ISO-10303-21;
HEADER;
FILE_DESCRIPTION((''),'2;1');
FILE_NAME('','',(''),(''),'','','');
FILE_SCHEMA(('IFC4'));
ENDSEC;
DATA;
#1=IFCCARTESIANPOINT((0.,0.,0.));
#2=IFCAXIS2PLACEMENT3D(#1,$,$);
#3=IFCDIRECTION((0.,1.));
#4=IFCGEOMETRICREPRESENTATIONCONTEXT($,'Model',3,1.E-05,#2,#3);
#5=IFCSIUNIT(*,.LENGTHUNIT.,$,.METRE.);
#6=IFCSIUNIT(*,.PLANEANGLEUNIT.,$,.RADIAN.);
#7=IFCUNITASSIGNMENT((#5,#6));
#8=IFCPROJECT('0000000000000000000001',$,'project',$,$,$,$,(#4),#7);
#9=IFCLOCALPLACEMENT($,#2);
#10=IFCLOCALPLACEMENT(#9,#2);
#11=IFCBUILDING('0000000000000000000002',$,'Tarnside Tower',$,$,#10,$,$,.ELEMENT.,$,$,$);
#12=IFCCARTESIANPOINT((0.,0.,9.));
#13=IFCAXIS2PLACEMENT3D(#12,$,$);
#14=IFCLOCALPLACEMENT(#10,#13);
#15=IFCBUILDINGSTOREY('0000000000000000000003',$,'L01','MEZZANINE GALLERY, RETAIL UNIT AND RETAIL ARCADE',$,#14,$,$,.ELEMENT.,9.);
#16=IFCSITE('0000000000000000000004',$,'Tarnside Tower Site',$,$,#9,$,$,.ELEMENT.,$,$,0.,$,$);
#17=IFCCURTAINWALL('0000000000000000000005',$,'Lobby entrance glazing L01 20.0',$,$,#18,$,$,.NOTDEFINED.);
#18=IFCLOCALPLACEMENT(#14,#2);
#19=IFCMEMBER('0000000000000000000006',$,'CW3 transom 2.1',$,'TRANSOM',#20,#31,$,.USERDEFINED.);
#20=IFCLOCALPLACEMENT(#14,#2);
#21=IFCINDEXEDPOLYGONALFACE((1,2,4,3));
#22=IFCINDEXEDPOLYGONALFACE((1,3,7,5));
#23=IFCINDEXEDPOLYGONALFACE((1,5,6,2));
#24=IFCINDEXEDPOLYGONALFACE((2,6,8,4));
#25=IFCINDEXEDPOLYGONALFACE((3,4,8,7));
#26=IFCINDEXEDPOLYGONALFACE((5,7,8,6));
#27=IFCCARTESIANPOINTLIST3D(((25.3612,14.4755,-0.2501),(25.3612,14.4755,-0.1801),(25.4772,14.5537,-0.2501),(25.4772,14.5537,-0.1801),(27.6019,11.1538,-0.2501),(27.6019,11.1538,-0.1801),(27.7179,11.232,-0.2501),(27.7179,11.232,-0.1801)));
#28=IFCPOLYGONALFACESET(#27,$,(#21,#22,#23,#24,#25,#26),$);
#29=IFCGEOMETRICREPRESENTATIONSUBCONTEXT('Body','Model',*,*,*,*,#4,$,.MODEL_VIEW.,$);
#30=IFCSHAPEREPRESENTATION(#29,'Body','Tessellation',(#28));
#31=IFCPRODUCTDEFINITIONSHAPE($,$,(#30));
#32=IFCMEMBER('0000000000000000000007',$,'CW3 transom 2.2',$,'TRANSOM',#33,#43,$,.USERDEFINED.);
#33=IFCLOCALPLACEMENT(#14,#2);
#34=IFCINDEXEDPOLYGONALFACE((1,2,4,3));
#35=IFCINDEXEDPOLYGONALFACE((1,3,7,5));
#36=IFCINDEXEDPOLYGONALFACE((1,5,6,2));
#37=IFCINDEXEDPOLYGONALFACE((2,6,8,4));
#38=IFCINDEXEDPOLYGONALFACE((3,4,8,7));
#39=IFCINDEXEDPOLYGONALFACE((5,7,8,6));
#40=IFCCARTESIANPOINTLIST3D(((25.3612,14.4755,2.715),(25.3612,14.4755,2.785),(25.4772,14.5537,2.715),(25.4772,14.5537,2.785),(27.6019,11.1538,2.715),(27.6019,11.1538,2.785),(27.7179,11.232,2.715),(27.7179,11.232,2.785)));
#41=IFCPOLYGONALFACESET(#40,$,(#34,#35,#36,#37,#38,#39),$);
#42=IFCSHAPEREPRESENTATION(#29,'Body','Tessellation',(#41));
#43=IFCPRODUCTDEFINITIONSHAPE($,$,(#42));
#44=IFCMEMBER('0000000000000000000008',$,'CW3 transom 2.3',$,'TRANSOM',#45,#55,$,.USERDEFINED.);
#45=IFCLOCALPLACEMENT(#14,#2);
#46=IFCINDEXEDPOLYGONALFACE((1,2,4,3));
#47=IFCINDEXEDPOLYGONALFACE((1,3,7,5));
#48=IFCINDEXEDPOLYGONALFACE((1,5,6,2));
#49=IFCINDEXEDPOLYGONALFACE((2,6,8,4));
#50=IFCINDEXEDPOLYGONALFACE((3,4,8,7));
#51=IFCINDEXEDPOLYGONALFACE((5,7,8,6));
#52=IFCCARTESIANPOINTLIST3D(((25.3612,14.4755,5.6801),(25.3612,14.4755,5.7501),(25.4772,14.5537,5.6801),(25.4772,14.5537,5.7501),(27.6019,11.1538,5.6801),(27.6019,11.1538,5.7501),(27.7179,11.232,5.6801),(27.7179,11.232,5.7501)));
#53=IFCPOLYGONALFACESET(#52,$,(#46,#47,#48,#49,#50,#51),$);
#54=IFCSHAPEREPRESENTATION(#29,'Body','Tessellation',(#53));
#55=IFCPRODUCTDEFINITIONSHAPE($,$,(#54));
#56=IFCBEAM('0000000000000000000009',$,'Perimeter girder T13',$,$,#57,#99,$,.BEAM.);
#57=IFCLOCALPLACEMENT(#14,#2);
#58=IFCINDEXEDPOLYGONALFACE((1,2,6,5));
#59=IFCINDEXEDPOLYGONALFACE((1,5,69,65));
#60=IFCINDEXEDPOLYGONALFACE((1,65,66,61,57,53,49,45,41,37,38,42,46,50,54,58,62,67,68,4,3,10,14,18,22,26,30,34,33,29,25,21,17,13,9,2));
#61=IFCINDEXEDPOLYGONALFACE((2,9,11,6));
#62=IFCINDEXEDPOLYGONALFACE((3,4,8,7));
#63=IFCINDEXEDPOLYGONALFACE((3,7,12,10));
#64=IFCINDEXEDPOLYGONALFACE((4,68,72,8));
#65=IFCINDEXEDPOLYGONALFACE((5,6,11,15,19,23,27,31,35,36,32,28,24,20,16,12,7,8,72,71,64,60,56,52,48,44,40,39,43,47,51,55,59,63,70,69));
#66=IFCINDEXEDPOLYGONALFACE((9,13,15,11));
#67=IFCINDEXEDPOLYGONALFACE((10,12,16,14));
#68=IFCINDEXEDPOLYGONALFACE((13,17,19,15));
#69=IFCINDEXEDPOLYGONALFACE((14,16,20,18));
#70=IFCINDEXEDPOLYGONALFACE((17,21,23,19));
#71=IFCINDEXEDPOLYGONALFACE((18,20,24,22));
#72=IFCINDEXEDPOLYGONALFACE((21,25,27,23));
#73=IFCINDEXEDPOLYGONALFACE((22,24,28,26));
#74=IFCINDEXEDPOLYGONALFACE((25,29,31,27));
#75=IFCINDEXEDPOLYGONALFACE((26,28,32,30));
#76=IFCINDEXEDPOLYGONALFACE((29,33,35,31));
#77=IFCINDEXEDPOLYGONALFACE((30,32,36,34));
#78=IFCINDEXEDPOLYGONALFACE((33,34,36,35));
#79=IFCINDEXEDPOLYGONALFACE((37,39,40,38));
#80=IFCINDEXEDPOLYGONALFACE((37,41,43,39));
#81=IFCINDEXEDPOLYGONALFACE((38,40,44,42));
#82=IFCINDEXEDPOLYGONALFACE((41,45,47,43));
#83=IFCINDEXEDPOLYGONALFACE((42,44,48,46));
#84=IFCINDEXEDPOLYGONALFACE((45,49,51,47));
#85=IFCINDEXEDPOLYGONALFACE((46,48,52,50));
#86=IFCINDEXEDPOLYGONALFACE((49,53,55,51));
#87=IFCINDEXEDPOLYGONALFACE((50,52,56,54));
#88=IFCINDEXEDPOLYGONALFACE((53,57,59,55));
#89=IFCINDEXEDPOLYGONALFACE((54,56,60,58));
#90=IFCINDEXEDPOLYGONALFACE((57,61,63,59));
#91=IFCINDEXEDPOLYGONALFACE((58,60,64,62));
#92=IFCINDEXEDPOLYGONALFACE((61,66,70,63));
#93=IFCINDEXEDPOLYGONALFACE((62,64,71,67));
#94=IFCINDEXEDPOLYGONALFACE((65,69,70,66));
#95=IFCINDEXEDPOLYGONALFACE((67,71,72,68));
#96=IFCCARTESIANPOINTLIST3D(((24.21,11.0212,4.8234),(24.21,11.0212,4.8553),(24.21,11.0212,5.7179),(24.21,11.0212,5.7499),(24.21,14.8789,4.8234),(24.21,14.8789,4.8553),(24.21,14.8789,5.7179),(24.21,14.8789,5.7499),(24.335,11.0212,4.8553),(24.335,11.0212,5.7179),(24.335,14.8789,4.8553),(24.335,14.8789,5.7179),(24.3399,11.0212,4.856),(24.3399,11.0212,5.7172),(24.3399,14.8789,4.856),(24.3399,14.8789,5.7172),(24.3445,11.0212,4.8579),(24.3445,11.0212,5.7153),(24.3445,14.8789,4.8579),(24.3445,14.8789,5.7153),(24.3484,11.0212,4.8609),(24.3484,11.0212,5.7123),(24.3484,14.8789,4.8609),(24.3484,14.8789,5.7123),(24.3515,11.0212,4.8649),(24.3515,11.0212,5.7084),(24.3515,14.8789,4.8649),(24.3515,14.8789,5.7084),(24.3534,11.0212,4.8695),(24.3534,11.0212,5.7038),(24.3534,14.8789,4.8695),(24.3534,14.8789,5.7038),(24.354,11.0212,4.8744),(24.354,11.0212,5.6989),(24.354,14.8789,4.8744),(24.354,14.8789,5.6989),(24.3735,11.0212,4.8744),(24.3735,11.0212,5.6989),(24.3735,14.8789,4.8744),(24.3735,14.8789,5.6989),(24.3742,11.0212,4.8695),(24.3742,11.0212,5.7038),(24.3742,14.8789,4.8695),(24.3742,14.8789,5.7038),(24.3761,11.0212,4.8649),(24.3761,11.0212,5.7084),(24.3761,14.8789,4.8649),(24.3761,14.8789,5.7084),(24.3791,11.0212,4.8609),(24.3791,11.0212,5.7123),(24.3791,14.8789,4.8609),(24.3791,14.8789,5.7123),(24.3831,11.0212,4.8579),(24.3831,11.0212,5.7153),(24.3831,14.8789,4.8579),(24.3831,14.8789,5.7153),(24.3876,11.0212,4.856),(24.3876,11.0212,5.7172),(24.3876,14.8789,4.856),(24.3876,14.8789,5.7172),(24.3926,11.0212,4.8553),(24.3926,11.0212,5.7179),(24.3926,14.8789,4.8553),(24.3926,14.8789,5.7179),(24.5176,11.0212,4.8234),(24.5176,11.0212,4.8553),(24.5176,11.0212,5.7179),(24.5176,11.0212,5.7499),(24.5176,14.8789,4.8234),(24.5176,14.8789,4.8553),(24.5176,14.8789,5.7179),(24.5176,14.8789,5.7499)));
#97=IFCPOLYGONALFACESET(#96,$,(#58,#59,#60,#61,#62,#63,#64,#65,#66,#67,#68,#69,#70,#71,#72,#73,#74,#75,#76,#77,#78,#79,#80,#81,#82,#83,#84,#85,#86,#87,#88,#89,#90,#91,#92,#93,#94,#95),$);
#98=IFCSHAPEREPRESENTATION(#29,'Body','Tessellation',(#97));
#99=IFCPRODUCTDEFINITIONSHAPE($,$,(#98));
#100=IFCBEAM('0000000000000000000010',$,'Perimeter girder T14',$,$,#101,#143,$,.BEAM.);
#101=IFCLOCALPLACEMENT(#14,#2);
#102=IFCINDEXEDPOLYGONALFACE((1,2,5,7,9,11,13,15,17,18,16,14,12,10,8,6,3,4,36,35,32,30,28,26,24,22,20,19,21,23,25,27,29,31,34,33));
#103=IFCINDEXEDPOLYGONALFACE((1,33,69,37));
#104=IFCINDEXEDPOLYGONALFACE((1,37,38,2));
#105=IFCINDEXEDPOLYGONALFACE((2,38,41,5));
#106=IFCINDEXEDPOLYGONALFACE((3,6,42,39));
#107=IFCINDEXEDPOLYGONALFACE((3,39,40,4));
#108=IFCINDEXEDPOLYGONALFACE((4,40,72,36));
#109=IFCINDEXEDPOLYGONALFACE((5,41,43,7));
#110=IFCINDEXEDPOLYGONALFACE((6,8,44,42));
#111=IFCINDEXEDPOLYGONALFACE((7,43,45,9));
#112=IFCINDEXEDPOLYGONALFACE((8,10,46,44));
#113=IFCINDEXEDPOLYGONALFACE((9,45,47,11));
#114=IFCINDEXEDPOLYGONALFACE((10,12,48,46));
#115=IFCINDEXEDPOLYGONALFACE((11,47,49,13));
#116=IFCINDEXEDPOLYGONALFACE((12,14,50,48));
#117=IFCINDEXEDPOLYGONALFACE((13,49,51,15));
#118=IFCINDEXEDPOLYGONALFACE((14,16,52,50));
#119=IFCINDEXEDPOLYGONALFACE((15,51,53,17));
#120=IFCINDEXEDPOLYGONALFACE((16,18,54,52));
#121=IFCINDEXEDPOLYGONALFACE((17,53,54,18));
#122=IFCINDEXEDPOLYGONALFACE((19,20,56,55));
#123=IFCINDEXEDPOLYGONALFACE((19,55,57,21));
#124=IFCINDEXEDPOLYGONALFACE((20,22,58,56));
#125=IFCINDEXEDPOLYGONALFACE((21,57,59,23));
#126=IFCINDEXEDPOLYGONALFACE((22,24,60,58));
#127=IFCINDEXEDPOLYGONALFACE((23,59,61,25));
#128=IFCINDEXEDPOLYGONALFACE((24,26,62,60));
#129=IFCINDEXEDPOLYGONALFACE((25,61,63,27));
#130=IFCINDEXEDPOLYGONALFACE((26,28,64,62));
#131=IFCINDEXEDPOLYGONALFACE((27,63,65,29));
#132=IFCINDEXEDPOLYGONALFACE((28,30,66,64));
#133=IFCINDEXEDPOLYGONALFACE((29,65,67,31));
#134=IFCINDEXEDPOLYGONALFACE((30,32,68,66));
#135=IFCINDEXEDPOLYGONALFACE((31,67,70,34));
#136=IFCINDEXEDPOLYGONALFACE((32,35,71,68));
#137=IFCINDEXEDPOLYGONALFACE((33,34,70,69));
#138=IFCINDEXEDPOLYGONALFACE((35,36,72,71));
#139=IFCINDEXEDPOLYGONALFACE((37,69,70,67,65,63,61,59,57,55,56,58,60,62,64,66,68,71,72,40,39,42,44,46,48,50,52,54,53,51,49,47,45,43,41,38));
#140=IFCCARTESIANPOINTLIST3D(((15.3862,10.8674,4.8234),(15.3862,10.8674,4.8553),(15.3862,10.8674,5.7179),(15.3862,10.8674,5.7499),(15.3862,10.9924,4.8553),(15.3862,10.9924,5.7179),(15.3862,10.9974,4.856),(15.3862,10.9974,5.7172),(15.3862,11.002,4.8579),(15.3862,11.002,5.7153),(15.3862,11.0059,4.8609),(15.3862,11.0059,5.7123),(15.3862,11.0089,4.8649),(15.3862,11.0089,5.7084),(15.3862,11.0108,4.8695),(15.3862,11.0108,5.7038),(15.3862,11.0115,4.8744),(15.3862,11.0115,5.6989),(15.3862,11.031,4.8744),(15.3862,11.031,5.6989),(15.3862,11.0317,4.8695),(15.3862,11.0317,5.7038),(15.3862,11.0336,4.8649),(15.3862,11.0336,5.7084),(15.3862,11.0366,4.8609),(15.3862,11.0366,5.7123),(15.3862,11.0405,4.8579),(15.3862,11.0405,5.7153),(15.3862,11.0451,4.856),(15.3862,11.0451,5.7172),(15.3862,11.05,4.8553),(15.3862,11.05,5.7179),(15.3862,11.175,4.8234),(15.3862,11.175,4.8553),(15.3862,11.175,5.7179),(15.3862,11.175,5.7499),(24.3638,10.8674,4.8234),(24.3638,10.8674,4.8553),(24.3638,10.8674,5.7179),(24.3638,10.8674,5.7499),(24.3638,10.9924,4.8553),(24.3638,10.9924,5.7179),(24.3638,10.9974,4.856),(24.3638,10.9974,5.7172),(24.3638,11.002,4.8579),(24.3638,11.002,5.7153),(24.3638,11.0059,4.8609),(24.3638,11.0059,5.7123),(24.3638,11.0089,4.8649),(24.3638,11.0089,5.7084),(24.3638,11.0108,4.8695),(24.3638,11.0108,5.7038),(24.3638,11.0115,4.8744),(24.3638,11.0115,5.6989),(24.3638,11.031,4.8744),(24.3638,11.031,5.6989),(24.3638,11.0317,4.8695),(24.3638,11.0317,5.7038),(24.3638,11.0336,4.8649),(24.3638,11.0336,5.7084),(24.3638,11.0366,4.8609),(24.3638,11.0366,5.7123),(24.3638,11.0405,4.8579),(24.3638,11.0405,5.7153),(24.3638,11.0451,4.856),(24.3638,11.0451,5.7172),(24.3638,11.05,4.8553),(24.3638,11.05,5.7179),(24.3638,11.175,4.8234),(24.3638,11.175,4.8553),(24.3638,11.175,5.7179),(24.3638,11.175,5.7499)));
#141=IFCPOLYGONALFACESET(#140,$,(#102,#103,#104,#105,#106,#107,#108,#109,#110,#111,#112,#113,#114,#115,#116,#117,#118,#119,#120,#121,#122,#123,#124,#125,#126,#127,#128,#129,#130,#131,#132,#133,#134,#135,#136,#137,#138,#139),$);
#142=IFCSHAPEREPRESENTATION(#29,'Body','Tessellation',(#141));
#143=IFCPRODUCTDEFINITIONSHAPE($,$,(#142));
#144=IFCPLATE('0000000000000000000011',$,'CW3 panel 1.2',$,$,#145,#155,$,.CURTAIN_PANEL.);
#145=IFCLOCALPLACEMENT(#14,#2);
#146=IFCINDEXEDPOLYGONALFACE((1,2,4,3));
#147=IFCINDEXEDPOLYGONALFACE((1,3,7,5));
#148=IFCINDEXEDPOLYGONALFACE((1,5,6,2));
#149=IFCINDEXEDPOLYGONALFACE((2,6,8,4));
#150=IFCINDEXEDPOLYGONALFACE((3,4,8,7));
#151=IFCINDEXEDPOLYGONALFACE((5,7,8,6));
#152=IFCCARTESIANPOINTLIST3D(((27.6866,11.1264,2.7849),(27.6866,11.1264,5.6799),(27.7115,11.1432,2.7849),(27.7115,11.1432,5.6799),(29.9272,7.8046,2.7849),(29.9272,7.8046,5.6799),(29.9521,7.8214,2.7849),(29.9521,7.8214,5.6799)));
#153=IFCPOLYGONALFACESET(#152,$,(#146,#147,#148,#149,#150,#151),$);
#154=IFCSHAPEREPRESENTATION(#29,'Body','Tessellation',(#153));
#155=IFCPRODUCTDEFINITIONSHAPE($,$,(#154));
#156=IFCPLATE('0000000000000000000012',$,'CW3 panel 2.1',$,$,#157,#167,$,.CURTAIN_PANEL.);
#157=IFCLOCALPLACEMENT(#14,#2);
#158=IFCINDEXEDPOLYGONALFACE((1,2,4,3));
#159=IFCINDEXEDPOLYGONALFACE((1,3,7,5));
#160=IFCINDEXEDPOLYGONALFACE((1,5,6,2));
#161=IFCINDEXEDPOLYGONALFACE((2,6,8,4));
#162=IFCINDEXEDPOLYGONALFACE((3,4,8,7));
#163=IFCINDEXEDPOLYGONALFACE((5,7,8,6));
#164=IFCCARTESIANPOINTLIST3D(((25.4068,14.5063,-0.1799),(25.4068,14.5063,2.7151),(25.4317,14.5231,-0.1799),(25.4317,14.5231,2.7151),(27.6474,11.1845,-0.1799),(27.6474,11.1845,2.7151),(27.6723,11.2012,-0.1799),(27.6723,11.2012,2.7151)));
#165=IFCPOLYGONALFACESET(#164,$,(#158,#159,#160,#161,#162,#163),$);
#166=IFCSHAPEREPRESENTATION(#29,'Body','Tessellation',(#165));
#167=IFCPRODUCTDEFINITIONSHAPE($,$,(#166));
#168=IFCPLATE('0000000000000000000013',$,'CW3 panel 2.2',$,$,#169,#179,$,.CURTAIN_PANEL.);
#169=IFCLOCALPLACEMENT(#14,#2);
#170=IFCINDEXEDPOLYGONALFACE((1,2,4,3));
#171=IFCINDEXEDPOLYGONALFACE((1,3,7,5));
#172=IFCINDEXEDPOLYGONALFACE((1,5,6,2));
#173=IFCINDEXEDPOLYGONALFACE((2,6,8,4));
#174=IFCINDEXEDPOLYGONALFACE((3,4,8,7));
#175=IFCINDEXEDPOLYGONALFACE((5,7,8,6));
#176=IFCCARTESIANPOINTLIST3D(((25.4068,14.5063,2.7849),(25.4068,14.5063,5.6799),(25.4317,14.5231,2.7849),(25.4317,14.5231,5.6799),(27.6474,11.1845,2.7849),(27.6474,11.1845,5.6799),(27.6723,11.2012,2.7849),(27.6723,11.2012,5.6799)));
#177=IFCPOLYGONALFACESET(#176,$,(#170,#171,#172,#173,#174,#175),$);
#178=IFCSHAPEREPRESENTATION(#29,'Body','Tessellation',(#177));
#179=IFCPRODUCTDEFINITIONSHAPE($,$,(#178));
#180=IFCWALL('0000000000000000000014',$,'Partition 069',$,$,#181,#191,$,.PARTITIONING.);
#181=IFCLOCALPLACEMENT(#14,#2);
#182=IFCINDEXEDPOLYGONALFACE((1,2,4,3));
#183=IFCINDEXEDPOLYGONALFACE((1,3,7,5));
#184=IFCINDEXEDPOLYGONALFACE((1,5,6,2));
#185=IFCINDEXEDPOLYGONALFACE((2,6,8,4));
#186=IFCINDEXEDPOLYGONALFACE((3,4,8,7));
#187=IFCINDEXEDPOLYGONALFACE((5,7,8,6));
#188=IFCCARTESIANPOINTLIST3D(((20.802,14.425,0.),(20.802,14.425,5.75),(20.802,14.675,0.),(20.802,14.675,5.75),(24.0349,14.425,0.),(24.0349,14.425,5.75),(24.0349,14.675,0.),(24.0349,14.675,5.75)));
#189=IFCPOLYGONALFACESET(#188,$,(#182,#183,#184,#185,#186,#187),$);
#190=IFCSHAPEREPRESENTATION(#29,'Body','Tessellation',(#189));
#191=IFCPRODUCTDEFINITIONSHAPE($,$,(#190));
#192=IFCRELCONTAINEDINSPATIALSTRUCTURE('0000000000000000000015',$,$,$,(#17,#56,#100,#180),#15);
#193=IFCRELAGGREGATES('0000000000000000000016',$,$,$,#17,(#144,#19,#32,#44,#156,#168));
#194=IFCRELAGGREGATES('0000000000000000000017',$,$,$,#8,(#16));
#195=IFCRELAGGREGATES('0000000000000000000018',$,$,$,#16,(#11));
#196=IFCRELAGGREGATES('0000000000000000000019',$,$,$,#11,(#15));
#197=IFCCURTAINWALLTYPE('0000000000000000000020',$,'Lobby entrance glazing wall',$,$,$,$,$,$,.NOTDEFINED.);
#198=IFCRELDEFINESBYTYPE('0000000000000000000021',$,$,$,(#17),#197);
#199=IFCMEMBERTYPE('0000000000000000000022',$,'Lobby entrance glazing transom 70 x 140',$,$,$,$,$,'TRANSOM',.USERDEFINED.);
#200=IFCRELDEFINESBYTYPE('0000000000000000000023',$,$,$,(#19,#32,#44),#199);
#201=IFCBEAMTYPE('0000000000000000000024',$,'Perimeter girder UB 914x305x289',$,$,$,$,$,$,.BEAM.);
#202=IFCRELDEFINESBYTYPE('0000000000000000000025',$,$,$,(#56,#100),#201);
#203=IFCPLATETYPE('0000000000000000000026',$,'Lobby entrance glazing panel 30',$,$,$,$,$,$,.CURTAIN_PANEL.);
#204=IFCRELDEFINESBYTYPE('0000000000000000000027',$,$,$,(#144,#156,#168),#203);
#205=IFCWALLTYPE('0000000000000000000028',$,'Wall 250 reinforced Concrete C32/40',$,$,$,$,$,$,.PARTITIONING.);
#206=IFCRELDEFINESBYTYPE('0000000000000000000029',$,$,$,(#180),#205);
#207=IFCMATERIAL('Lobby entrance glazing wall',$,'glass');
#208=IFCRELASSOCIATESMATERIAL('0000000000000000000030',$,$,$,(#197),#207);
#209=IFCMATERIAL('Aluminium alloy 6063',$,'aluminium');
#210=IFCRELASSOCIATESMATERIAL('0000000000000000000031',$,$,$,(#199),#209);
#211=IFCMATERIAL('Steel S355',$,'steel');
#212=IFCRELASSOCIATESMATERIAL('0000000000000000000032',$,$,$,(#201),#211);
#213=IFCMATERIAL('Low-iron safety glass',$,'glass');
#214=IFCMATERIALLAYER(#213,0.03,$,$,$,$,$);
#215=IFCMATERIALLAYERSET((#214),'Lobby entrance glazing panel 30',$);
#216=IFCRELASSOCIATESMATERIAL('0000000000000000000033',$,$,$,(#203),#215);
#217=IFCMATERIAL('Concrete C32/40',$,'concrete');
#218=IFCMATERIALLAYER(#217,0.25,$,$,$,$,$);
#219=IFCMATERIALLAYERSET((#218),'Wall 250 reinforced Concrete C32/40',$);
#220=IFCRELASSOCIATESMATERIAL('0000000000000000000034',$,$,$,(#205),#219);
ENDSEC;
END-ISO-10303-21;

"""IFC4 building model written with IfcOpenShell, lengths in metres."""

from ifc_helpers import new_model, si_unit, direction, frame, frame_2d, origin, origin_2d, place, context, subcontext, project, spatial, rectangle, i_section, extrude, material, layer, layer_set, material_profile, profile_set, type_object, element, aggregate, save


model = new_model("IFC4")

# Units and contexts
model_context = context("Model", 3, precision=1e-05, world=origin(), true_north=direction((0.0, 1.0)))
body_context = subcontext(model_context, "Body", "Model", "MODEL_VIEW")
ifc_project = project(units=[si_unit("LENGTHUNIT", "METRE"), si_unit("PLANEANGLEUNIT", "RADIAN")], contexts=[model_context])

# Site, building, storey
site_placement = place(None, origin())
site = spatial("IfcSite", under=ifc_project, at=site_placement, Name="Tarnside Tower Site", CompositionType="ELEMENT", RefElevation=0.0)
building_placement = place(site_placement, origin())
building = spatial("IfcBuilding", under=site, at=building_placement, Name="Tarnside Tower", CompositionType="ELEMENT")
storey_placement = place(building_placement, frame((0.0, 0.0, 9.0)))
storey = spatial("IfcBuildingStorey", under=building, at=storey_placement, Name="L01", Description="MEZZANINE GALLERY, RETAIL UNIT AND RETAIL ARCADE", CompositionType="ELEMENT", Elevation=9.0)

# Shared definitions
ifc_material_1 = material(Name="Steel S355", Category="steel")

# Curtain wall, members
ifc_material_2 = material(Name="Lobby entrance glazing wall", Category="glass")
curtain_wall_type = type_object("IfcCurtainWallType", Name="Lobby entrance glazing wall", PredefinedType="NOTDEFINED", material=ifc_material_2)
curtain_wall_placement = place(storey_placement, origin())
curtain_wall = element("IfcCurtainWall", 1, at=curtain_wall_placement, inside=storey, type_object=curtain_wall_type, Name="Lobby entrance glazing L01 20.0", PredefinedType="NOTDEFINED")
ifc_material_3 = material(Name="Aluminium alloy 6063", Category="aluminium")
ifc_material_profile_1 = material_profile(ifc_material_3, rectangle(XDim=0.1399, YDim=0.0701, at=origin_2d()), Name="Lobby entrance glazing transom 70 x 140")
ifc_profile_set_1 = profile_set([ifc_material_profile_1], Name="Aluminium alloy 6063")
member_type_1 = type_object("IfcMemberType", Name="Lobby entrance glazing transom 70 x 140", ElementType="TRANSOM", PredefinedType="USERDEFINED", material=ifc_profile_set_1)
member_1_placement = place(storey_placement, frame((27.6599, 11.1929, -0.2151), z_axis=(-0.55922, 0.82902, 0.0), x_axis=(-0.82902, -0.55922, 0.0)))
member_1 = element("IfcMember", 2, at=member_1_placement, type_object=member_type_1, Name="CW3 transom 2.1", ObjectType="TRANSOM", PredefinedType="USERDEFINED", context=body_context, shape_type="SweptSolid", body=[
    extrude(rectangle(XDim=0.1399, YDim=0.0701, at=origin_2d()), origin(), (0.0, 0.0, 1.0), 4.0068),
])
member_2_placement = place(storey_placement, frame((27.6599, 11.1929, 2.75), z_axis=(-0.55922, 0.82902, 0.0), x_axis=(-0.82902, -0.55922, 0.0)))
member_2 = element("IfcMember", 3, at=member_2_placement, type_object=member_type_1, Name="CW3 transom 2.2", ObjectType="TRANSOM", PredefinedType="USERDEFINED", context=body_context, shape_type="SweptSolid", body=[
    extrude(rectangle(XDim=0.1399, YDim=0.0701, at=origin_2d()), origin(), (0.0, 0.0, 1.0), 4.0068),
])
member_3_placement = place(storey_placement, frame((27.6599, 11.1929, 5.7151), z_axis=(-0.55922, 0.82902, 0.0), x_axis=(-0.82902, -0.55922, 0.0)))
member_3 = element("IfcMember", 4, at=member_3_placement, type_object=member_type_1, Name="CW3 transom 2.3", ObjectType="TRANSOM", PredefinedType="USERDEFINED", context=body_context, shape_type="SweptSolid", body=[
    extrude(rectangle(XDim=0.1399, YDim=0.0701, at=origin_2d()), origin(), (0.0, 0.0, 1.0), 4.0068),
])

# Beams
ifc_material_profile_2 = material_profile(ifc_material_1, i_section(OverallWidth=0.3076, OverallDepth=0.9265, WebThickness=0.0195, FlangeThickness=0.032, FilletRadius=0.019, at=origin_2d()), Name="UB 914x305x289")
ifc_profile_set_2 = profile_set([ifc_material_profile_2], Name="Steel S355")
beam_type_1 = type_object("IfcBeamType", Name="Perimeter girder UB 914x305x289", PredefinedType="BEAM", material=ifc_profile_set_2)
beam_1_placement = place(storey_placement, frame((24.3638, 14.8789, 5.2866), z_axis=(0.0, -1.0, 0.0), x_axis=(1.0, 0.0, 0.0)))
element("IfcBeam", 5, at=beam_1_placement, inside=storey, type_object=beam_type_1, Name="Perimeter girder T13", PredefinedType="BEAM", context=body_context, shape_type="SweptSolid", body=[
    extrude(i_section(OverallWidth=0.3076, OverallDepth=0.9265, WebThickness=0.0195, FlangeThickness=0.032, FilletRadius=0.019, at=origin_2d()), origin(), (0.0, 0.0, 1.0), 3.8577),
])
beam_2_placement = place(storey_placement, frame((24.3638, 11.0212, 5.2866), z_axis=(-1.0, 0.0, 0.0), x_axis=(0.0, -1.0, 0.0)))
element("IfcBeam", 6, at=beam_2_placement, inside=storey, type_object=beam_type_1, Name="Perimeter girder T14", PredefinedType="BEAM", context=body_context, shape_type="SweptSolid", body=[
    extrude(i_section(OverallWidth=0.3076, OverallDepth=0.9265, WebThickness=0.0195, FlangeThickness=0.032, FilletRadius=0.019, at=origin_2d()), origin(), (0.0, 0.0, 1.0), 8.9775),
])

# Plates
ifc_material_4 = material(Name="Low-iron safety glass", Category="glass")
ifc_layer_1 = layer(ifc_material_4, 0.03)
ifc_layer_set_1 = layer_set([ifc_layer_1], Name="Lobby entrance glazing panel 30")
plate_type = type_object("IfcPlateType", Name="Lobby entrance glazing panel 30", PredefinedType="CURTAIN_PANEL", material=ifc_layer_set_1)
plate_1_placement = place(storey_placement, frame((28.8193, 9.4739, 2.7849), z_axis=(0.0, 0.0, 1.0), x_axis=(-0.559193, 0.829038, 0.0)))
plate_1 = element("IfcPlate", 7, at=plate_1_placement, type_object=plate_type, Name="CW3 panel 1.2", PredefinedType="CURTAIN_PANEL", context=body_context, shape_type="SweptSolid", body=[
    extrude(rectangle(XDim=4.0068, YDim=0.03, at=origin_2d()), origin(), (0.0, 0.0, 1.0), 2.895),
])
plate_2_placement = place(storey_placement, frame((26.5396, 12.8538, -0.1799), z_axis=(0.0, 0.0, 1.0), x_axis=(-0.559193, 0.829038, 0.0)))
plate_2 = element("IfcPlate", 8, at=plate_2_placement, type_object=plate_type, Name="CW3 panel 2.1", PredefinedType="CURTAIN_PANEL", context=body_context, shape_type="SweptSolid", body=[
    extrude(rectangle(XDim=4.0068, YDim=0.03, at=origin_2d()), origin(), (0.0, 0.0, 1.0), 2.895),
])
plate_3_placement = place(storey_placement, frame((26.5396, 12.8538, 2.7849), z_axis=(0.0, 0.0, 1.0), x_axis=(-0.559193, 0.829038, 0.0)))
plate_3 = element("IfcPlate", 9, at=plate_3_placement, type_object=plate_type, Name="CW3 panel 2.2", PredefinedType="CURTAIN_PANEL", context=body_context, shape_type="SweptSolid", body=[
    extrude(rectangle(XDim=4.0068, YDim=0.03, at=origin_2d()), origin(), (0.0, 0.0, 1.0), 2.895),
])
aggregate(curtain_wall, [plate_1, member_1, member_2, member_3, plate_2, plate_3])

# Wall
ifc_material_5 = material(Name="Concrete C32/40", Category="concrete")
ifc_layer_2 = layer(ifc_material_5, 0.25)
ifc_layer_set_2 = layer_set([ifc_layer_2], Name="Wall 250 reinforced Concrete C32/40")
wall_type = type_object("IfcWallType", Name="Wall 250 reinforced Concrete C32/40", PredefinedType="PARTITIONING", material=ifc_layer_set_2)
wall_1_placement = place(storey_placement, frame((20.802, 14.55, 0.0), z_axis=(0.0, 0.0, 1.0), x_axis=(1.0, 0.0, 0.0)))
element("IfcWall", 10, at=wall_1_placement, inside=storey, type_object=wall_type, Name="Partition 069", PredefinedType="PARTITIONING", context=body_context, shape_type="SweptSolid", body=[
    extrude(rectangle(XDim=3.2329, YDim=0.25, at=frame_2d((1.6165, 0.0))), origin(), (0.0, 0.0, 1.0), 5.75),
])

save(model, "model.ifc")
